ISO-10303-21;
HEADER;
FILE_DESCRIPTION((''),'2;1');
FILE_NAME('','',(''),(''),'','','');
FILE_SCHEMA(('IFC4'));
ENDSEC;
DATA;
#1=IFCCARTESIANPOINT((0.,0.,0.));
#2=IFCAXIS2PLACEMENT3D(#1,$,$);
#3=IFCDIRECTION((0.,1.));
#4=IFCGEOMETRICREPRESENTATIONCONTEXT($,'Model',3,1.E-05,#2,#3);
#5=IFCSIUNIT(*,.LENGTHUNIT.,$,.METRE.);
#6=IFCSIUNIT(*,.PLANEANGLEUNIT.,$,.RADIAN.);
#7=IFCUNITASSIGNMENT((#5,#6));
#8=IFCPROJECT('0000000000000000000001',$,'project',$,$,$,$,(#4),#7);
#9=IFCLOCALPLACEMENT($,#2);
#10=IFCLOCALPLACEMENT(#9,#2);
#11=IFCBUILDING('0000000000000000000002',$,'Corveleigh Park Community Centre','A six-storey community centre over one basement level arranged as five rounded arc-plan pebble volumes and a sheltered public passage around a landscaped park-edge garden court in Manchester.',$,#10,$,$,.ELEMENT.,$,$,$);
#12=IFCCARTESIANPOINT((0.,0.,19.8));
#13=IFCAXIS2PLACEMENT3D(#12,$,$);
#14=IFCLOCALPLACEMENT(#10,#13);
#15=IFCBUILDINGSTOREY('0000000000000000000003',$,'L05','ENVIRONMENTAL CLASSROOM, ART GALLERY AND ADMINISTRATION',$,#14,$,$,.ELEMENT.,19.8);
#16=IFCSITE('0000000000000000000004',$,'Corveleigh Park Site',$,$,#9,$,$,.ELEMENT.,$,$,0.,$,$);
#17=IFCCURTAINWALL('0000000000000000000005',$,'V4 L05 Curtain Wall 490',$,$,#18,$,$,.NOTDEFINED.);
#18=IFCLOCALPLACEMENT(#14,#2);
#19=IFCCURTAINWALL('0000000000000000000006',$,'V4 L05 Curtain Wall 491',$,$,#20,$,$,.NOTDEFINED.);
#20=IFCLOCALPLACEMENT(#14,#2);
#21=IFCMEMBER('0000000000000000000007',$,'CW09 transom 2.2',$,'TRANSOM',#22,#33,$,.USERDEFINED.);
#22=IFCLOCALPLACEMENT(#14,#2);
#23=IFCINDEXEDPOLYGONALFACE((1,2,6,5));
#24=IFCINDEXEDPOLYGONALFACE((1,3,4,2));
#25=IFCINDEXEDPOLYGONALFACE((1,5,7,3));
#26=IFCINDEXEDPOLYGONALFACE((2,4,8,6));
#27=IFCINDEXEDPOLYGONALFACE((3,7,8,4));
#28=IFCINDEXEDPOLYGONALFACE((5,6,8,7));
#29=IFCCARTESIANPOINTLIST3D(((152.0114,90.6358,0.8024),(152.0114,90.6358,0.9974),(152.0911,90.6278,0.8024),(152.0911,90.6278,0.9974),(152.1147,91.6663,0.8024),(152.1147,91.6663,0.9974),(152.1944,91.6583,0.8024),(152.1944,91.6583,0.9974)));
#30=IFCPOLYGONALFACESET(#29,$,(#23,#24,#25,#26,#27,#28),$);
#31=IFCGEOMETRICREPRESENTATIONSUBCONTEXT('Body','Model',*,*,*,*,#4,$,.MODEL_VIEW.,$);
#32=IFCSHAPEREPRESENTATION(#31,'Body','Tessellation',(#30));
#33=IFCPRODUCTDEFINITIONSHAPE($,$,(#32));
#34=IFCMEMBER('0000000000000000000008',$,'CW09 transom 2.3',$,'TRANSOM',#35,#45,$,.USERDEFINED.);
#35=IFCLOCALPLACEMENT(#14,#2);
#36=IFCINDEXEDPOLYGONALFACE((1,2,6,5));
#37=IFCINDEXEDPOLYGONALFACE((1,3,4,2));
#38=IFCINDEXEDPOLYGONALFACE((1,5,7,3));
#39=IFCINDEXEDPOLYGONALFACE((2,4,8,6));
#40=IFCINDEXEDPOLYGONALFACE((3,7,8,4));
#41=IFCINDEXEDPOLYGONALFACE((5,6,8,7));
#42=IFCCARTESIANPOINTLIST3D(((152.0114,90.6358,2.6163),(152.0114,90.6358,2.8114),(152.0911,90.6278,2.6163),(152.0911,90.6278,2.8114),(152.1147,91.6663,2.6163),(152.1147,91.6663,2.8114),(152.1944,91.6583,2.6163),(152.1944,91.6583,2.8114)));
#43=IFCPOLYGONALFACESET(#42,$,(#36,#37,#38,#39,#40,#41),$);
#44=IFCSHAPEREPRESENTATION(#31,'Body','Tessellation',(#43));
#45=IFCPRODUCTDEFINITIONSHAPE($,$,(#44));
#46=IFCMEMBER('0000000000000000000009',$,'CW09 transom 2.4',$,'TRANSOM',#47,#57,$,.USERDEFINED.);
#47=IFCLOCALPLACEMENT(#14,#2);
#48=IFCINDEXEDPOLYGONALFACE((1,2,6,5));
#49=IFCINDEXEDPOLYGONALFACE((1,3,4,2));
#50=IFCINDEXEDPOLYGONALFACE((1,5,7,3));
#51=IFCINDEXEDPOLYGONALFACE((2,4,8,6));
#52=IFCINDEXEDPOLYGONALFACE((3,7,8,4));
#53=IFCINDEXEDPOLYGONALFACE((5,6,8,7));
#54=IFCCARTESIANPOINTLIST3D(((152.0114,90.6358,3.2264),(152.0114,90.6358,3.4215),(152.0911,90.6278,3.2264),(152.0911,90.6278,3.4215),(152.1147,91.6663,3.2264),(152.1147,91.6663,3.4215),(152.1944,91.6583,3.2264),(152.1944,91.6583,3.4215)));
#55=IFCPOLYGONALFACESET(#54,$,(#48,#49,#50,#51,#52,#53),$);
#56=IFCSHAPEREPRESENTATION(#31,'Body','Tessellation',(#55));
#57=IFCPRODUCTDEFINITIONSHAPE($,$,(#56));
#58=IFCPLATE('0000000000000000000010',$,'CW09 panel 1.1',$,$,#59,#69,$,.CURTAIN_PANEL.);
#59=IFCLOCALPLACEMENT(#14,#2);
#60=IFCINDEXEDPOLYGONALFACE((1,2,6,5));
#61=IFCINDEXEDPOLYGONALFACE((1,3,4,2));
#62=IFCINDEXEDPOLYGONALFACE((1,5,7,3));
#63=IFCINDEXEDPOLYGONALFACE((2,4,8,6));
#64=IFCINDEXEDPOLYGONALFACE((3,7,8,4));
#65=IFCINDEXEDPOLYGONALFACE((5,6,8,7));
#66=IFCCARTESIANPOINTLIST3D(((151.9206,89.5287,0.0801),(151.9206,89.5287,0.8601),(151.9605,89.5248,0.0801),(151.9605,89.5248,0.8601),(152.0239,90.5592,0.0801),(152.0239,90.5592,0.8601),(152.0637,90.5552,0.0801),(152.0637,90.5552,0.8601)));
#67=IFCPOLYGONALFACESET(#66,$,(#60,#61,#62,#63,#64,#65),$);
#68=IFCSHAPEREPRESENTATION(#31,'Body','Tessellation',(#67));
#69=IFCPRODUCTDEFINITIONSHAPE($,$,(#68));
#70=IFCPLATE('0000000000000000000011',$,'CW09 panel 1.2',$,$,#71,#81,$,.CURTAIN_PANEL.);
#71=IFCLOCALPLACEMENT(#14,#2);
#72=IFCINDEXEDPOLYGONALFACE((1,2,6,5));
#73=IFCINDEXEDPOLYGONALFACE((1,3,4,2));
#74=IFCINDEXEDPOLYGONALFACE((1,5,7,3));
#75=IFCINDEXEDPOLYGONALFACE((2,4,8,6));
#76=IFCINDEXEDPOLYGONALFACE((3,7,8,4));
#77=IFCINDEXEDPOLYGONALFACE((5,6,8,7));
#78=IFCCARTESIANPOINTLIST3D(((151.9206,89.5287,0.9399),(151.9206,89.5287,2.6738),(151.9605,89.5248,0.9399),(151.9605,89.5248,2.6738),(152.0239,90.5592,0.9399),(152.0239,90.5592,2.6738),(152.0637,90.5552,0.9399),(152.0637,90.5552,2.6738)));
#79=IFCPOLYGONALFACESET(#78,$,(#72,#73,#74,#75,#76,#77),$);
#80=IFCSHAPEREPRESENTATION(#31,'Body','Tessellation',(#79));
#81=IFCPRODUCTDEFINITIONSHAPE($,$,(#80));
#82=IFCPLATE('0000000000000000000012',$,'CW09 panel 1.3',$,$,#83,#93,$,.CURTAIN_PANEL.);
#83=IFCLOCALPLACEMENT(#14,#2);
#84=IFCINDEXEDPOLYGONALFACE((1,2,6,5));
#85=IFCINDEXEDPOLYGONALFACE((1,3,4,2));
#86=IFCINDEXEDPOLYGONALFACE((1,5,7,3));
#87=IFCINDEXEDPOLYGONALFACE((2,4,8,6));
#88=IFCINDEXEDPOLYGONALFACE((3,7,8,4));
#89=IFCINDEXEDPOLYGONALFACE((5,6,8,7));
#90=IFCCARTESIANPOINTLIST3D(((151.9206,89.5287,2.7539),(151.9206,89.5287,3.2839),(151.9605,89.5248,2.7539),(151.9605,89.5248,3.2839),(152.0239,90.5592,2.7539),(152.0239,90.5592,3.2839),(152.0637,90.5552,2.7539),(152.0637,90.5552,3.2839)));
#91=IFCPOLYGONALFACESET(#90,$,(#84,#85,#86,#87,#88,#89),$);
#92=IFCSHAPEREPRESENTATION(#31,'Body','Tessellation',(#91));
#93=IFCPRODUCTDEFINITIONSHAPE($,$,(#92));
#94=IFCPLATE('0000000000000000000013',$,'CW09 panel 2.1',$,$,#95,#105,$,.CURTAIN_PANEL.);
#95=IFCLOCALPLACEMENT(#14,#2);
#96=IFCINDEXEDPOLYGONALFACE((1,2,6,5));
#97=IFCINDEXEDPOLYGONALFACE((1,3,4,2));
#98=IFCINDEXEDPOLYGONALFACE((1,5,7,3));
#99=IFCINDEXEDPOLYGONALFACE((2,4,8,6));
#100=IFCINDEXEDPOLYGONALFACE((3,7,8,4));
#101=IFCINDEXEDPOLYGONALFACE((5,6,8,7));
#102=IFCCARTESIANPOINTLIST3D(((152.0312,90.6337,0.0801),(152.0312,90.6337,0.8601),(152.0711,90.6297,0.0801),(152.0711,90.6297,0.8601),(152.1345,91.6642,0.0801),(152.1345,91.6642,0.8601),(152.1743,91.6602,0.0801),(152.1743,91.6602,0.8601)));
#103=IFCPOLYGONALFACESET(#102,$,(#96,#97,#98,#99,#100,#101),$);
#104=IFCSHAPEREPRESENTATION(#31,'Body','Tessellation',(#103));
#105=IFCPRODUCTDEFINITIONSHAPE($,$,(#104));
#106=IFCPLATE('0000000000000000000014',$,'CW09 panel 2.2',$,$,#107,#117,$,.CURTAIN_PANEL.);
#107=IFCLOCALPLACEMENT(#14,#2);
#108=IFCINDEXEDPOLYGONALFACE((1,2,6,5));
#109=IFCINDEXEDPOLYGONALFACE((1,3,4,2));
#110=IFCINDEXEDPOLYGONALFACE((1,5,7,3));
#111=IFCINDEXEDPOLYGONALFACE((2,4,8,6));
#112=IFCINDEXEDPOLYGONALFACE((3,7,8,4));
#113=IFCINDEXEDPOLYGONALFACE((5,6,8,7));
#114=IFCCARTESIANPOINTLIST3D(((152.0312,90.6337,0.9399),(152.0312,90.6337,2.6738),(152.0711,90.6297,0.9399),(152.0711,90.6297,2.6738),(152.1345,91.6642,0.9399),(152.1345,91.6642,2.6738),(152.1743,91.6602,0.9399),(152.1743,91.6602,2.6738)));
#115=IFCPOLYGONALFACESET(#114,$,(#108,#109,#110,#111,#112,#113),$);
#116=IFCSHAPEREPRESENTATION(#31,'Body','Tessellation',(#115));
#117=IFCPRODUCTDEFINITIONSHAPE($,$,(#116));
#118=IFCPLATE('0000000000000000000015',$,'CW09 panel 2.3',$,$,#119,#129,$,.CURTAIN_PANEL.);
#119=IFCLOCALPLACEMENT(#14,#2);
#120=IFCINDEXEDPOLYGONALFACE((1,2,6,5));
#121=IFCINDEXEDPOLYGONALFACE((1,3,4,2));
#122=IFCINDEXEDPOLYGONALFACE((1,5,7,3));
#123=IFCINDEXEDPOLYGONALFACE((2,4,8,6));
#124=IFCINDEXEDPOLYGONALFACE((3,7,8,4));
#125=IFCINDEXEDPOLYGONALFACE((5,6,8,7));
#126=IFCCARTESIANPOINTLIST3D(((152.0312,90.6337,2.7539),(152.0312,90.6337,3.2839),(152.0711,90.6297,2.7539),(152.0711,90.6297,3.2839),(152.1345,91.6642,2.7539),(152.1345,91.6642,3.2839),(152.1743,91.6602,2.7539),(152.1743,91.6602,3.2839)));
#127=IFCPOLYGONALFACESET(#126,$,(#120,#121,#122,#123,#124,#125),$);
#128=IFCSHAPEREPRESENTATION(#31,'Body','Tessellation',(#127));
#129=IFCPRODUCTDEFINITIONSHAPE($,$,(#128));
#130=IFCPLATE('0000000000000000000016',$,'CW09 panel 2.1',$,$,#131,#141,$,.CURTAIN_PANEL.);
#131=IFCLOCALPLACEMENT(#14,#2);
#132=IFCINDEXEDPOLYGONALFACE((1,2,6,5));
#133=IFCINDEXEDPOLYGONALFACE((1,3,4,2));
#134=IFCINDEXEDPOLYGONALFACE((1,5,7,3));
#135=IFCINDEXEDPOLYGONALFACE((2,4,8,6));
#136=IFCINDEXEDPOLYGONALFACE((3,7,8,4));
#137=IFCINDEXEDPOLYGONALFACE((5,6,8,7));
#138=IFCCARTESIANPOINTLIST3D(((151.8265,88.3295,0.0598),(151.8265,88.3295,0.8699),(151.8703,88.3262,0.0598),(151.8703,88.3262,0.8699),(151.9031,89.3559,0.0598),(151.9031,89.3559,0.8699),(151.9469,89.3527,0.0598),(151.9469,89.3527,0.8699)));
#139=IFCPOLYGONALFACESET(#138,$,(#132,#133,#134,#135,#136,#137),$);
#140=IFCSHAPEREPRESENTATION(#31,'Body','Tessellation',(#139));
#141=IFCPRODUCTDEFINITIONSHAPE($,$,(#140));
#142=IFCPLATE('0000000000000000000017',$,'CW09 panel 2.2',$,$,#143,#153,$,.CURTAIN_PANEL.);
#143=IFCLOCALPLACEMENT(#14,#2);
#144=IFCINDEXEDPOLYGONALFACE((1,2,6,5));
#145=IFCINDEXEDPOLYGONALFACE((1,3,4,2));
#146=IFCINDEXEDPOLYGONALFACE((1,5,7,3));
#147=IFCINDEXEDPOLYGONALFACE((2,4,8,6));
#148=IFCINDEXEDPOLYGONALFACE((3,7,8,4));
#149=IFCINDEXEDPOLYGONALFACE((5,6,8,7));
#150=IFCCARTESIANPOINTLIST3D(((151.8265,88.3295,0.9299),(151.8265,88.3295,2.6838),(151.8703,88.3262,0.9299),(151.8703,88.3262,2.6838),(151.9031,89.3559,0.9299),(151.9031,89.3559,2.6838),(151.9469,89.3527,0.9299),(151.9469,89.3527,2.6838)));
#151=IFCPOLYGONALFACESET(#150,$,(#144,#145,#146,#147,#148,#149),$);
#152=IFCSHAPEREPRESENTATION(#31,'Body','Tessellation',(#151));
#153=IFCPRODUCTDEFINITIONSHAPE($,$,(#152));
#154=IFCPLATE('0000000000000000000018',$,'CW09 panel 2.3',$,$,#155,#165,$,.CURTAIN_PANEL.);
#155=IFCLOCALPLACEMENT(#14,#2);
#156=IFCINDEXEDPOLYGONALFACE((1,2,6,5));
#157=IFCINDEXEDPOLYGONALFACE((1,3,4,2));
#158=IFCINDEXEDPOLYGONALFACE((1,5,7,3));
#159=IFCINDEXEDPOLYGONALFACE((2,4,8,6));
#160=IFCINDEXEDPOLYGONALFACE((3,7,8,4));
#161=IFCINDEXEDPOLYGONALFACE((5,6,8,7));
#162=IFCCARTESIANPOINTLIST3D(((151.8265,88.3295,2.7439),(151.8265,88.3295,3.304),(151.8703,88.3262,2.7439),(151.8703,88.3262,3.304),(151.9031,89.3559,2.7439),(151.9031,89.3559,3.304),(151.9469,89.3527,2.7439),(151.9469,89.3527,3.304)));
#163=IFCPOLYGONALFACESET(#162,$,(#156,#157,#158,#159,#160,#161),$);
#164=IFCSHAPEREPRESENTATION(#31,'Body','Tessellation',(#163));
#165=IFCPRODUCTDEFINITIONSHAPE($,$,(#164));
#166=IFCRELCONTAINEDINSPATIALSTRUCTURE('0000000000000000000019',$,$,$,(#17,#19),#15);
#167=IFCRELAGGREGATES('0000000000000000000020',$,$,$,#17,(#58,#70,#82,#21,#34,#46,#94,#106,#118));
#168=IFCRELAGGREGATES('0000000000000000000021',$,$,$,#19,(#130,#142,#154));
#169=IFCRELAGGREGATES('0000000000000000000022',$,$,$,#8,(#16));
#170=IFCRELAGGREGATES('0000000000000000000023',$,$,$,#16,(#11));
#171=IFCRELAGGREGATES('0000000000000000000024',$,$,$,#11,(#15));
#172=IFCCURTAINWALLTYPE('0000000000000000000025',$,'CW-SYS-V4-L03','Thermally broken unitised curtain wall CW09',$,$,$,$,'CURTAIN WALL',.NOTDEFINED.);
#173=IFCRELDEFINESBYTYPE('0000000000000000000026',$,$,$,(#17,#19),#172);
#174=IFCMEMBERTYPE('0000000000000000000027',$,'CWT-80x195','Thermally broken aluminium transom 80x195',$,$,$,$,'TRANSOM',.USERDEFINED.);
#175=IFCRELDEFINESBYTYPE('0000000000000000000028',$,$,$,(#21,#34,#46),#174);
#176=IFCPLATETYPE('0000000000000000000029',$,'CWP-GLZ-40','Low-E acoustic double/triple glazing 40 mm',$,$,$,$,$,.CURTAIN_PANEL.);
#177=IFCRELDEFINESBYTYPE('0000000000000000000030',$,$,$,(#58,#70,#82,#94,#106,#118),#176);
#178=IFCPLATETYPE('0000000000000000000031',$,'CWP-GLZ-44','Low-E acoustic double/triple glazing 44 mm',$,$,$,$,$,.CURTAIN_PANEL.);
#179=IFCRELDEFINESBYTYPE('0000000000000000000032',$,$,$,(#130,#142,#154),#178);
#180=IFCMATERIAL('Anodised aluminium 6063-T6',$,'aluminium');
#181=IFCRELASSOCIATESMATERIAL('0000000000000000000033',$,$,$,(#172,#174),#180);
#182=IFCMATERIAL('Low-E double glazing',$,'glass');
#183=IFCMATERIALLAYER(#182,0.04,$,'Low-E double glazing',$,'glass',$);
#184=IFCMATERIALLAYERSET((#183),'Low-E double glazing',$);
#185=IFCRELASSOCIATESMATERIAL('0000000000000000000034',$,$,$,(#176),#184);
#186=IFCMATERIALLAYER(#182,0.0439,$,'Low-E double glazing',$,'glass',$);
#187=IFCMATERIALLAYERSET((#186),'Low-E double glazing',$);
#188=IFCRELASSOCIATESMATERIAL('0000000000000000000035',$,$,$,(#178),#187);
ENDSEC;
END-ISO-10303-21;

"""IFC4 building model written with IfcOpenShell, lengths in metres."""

from ifc_helpers import new_model, si_unit, direction, frame, origin, origin_2d, place, context, subcontext, project, spatial, rectangle, extrude, material, layer, layer_set, material_profile, profile_set, type_object, element, aggregate, save


model = new_model("IFC4")

# Units and contexts
model_context = context("Model", 3, precision=1e-05, world=origin(), true_north=direction((0.0, 1.0)))
body_context = subcontext(model_context, "Body", "Model", "MODEL_VIEW")
ifc_project = project(units=[si_unit("LENGTHUNIT", "METRE"), si_unit("PLANEANGLEUNIT", "RADIAN")], contexts=[model_context])

# Site, building, storey
site_placement = place(None, origin())
site = spatial("IfcSite", under=ifc_project, at=site_placement, Name="Corveleigh Park Site", CompositionType="ELEMENT", RefElevation=0.0)
building_placement = place(site_placement, origin())
building = spatial("IfcBuilding", under=site, at=building_placement, Name="Corveleigh Park Community Centre", Description="A six-storey community centre over one basement level arranged as five rounded arc-plan pebble volumes and a sheltered public passage around a landscaped park-edge garden court in Manchester.", CompositionType="ELEMENT")
storey_placement = place(building_placement, frame((0.0, 0.0, 19.8)))
storey = spatial("IfcBuildingStorey", under=building, at=storey_placement, Name="L05", Description="ENVIRONMENTAL CLASSROOM, ART GALLERY AND ADMINISTRATION", CompositionType="ELEMENT", Elevation=19.8)

# Curtain walls
ifc_material_1 = material(Name="Anodised aluminium 6063-T6", Category="aluminium")
curtain_wall_type = type_object("IfcCurtainWallType", Name="CW-SYS-V4-L03", Description="Thermally broken unitised curtain wall CW09", ElementType="CURTAIN WALL", PredefinedType="NOTDEFINED", material=ifc_material_1)
curtain_wall_1_placement = place(storey_placement, origin())
curtain_wall_1 = element("IfcCurtainWall", 1, at=curtain_wall_1_placement, inside=storey, type_object=curtain_wall_type, Name="V4 L05 Curtain Wall 490", PredefinedType="NOTDEFINED")
curtain_wall_2_placement = place(storey_placement, origin())
curtain_wall_2 = element("IfcCurtainWall", 2, at=curtain_wall_2_placement, inside=storey, type_object=curtain_wall_type, Name="V4 L05 Curtain Wall 491", PredefinedType="NOTDEFINED")

# Members
ifc_material_profile_1 = material_profile(ifc_material_1, rectangle(XDim=0.0801, YDim=0.1951, at=origin_2d()), Name="ALU-T80x195", Category="aluminium")
ifc_profile_set_1 = profile_set([ifc_material_profile_1], Name="Anodised aluminium 6063-T6")
member_type_1 = type_object("IfcMemberType", Name="CWT-80x195", Description="Thermally broken aluminium transom 80x195", ElementType="TRANSOM", PredefinedType="USERDEFINED", material=ifc_profile_set_1)
member_1_placement = place(storey_placement, frame((152.0513, 90.6318, 0.8999), z_axis=(0.099714, 0.995016, 0.0), x_axis=(-0.995016, 0.099714, 0.0)))
member_1 = element("IfcMember", 3, at=member_1_placement, type_object=member_type_1, Name="CW09 transom 2.2", ObjectType="TRANSOM", PredefinedType="USERDEFINED", context=body_context, shape_type="SweptSolid", body=[
    extrude(rectangle(XDim=0.0801, YDim=0.1951, at=origin_2d()), origin(), (0.0, 0.0, 1.0), 1.0356),
])
member_2_placement = place(storey_placement, frame((152.0513, 90.6318, 2.7139), z_axis=(0.099714, 0.995016, 0.0), x_axis=(-0.995016, 0.099714, 0.0)))
member_2 = element("IfcMember", 4, at=member_2_placement, type_object=member_type_1, Name="CW09 transom 2.3", ObjectType="TRANSOM", PredefinedType="USERDEFINED", context=body_context, shape_type="SweptSolid", body=[
    extrude(rectangle(XDim=0.0801, YDim=0.1951, at=origin_2d()), origin(), (0.0, 0.0, 1.0), 1.0356),
])
member_3_placement = place(storey_placement, frame((152.0513, 90.6318, 3.324), z_axis=(0.099714, 0.995016, 0.0), x_axis=(-0.995016, 0.099714, 0.0)))
member_3 = element("IfcMember", 5, at=member_3_placement, type_object=member_type_1, Name="CW09 transom 2.4", ObjectType="TRANSOM", PredefinedType="USERDEFINED", context=body_context, shape_type="SweptSolid", body=[
    extrude(rectangle(XDim=0.0801, YDim=0.1951, at=origin_2d()), origin(), (0.0, 0.0, 1.0), 1.0356),
])

# Plates
ifc_material_2 = material(Name="Low-E double glazing", Category="glass")
ifc_layer_1 = layer(ifc_material_2, 0.04, Name="Low-E double glazing", Category="glass")
ifc_layer_set_1 = layer_set([ifc_layer_1], Name="Low-E double glazing")
plate_type_1 = type_object("IfcPlateType", Name="CWP-GLZ-40", Description="Low-E acoustic double/triple glazing 40 mm", PredefinedType="CURTAIN_PANEL", material=ifc_layer_set_1)
plate_1_placement = place(storey_placement, frame((151.9922, 90.042, 0.0801), z_axis=(0.0, 0.0, 1.0), x_axis=(0.099719, 0.995016, 0.0)))
plate_1 = element("IfcPlate", 6, at=plate_1_placement, type_object=plate_type_1, Name="CW09 panel 1.1", PredefinedType="CURTAIN_PANEL", context=body_context, shape_type="SweptSolid", body=[
    extrude(rectangle(XDim=1.0356, YDim=0.04, at=origin_2d()), origin(), (0.0, 0.0, 1.0), 0.78),
])
plate_2_placement = place(storey_placement, frame((151.9922, 90.042, 0.9399), z_axis=(0.0, 0.0, 1.0), x_axis=(0.099719, 0.995016, 0.0)))
plate_2 = element("IfcPlate", 7, at=plate_2_placement, type_object=plate_type_1, Name="CW09 panel 1.2", PredefinedType="CURTAIN_PANEL", context=body_context, shape_type="SweptSolid", body=[
    extrude(rectangle(XDim=1.0356, YDim=0.04, at=origin_2d()), origin(), (0.0, 0.0, 1.0), 1.7339),
])
plate_3_placement = place(storey_placement, frame((151.9922, 90.042, 2.7539), z_axis=(0.0, 0.0, 1.0), x_axis=(0.099719, 0.995016, 0.0)))
plate_3 = element("IfcPlate", 8, at=plate_3_placement, type_object=plate_type_1, Name="CW09 panel 1.3", PredefinedType="CURTAIN_PANEL", context=body_context, shape_type="SweptSolid", body=[
    extrude(rectangle(XDim=1.0356, YDim=0.04, at=origin_2d()), origin(), (0.0, 0.0, 1.0), 0.53),
])
plate_4_placement = place(storey_placement, frame((152.1028, 91.147, 0.0801), z_axis=(0.0, 0.0, 1.0), x_axis=(0.099719, 0.995016, 0.0)))
plate_4 = element("IfcPlate", 9, at=plate_4_placement, type_object=plate_type_1, Name="CW09 panel 2.1", PredefinedType="CURTAIN_PANEL", context=body_context, shape_type="SweptSolid", body=[
    extrude(rectangle(XDim=1.0356, YDim=0.04, at=origin_2d()), origin(), (0.0, 0.0, 1.0), 0.78),
])
plate_5_placement = place(storey_placement, frame((152.1028, 91.147, 0.9399), z_axis=(0.0, 0.0, 1.0), x_axis=(0.099719, 0.995016, 0.0)))
plate_5 = element("IfcPlate", 10, at=plate_5_placement, type_object=plate_type_1, Name="CW09 panel 2.2", PredefinedType="CURTAIN_PANEL", context=body_context, shape_type="SweptSolid", body=[
    extrude(rectangle(XDim=1.0356, YDim=0.04, at=origin_2d()), origin(), (0.0, 0.0, 1.0), 1.7339),
])
plate_6_placement = place(storey_placement, frame((152.1028, 91.147, 2.7539), z_axis=(0.0, 0.0, 1.0), x_axis=(0.099719, 0.995016, 0.0)))
plate_6 = element("IfcPlate", 11, at=plate_6_placement, type_object=plate_type_1, Name="CW09 panel 2.3", PredefinedType="CURTAIN_PANEL", context=body_context, shape_type="SweptSolid", body=[
    extrude(rectangle(XDim=1.0356, YDim=0.04, at=origin_2d()), origin(), (0.0, 0.0, 1.0), 0.53),
])
aggregate(curtain_wall_1, [plate_1, plate_2, plate_3, member_1, member_2, member_3, plate_4, plate_5, plate_6])
ifc_layer_2 = layer(ifc_material_2, 0.0439, Name="Low-E double glazing", Category="glass")
ifc_layer_set_2 = layer_set([ifc_layer_2], Name="Low-E double glazing")
plate_type_2 = type_object("IfcPlateType", Name="CWP-GLZ-44", Description="Low-E acoustic double/triple glazing 44 mm", PredefinedType="CURTAIN_PANEL", material=ifc_layer_set_2)
plate_7_placement = place(storey_placement, frame((151.8867, 88.8411, 0.0598), z_axis=(0.0, 0.0, 1.0), x_axis=(0.074401, 0.997228, 0.0)))
plate_7 = element("IfcPlate", 12, at=plate_7_placement, type_object=plate_type_2, Name="CW09 panel 2.1", PredefinedType="CURTAIN_PANEL", context=body_context, shape_type="SweptSolid", body=[
    extrude(rectangle(XDim=1.0293, YDim=0.0439, at=origin_2d()), origin(), (0.0, 0.0, 1.0), 0.8101),
])
plate_8_placement = place(storey_placement, frame((151.8867, 88.8411, 0.9299), z_axis=(0.0, 0.0, 1.0), x_axis=(0.074401, 0.997228, 0.0)))
plate_8 = element("IfcPlate", 13, at=plate_8_placement, type_object=plate_type_2, Name="CW09 panel 2.2", PredefinedType="CURTAIN_PANEL", context=body_context, shape_type="SweptSolid", body=[
    extrude(rectangle(XDim=1.0293, YDim=0.0439, at=origin_2d()), origin(), (0.0, 0.0, 1.0), 1.7539),
])
plate_9_placement = place(storey_placement, frame((151.8867, 88.8411, 2.7439), z_axis=(0.0, 0.0, 1.0), x_axis=(0.074401, 0.997228, 0.0)))
plate_9 = element("IfcPlate", 14, at=plate_9_placement, type_object=plate_type_2, Name="CW09 panel 2.3", PredefinedType="CURTAIN_PANEL", context=body_context, shape_type="SweptSolid", body=[
    extrude(rectangle(XDim=1.0293, YDim=0.0439, at=origin_2d()), origin(), (0.0, 0.0, 1.0), 0.5601),
])
aggregate(curtain_wall_2, [plate_7, plate_8, plate_9])

save(model, "model.ifc")
